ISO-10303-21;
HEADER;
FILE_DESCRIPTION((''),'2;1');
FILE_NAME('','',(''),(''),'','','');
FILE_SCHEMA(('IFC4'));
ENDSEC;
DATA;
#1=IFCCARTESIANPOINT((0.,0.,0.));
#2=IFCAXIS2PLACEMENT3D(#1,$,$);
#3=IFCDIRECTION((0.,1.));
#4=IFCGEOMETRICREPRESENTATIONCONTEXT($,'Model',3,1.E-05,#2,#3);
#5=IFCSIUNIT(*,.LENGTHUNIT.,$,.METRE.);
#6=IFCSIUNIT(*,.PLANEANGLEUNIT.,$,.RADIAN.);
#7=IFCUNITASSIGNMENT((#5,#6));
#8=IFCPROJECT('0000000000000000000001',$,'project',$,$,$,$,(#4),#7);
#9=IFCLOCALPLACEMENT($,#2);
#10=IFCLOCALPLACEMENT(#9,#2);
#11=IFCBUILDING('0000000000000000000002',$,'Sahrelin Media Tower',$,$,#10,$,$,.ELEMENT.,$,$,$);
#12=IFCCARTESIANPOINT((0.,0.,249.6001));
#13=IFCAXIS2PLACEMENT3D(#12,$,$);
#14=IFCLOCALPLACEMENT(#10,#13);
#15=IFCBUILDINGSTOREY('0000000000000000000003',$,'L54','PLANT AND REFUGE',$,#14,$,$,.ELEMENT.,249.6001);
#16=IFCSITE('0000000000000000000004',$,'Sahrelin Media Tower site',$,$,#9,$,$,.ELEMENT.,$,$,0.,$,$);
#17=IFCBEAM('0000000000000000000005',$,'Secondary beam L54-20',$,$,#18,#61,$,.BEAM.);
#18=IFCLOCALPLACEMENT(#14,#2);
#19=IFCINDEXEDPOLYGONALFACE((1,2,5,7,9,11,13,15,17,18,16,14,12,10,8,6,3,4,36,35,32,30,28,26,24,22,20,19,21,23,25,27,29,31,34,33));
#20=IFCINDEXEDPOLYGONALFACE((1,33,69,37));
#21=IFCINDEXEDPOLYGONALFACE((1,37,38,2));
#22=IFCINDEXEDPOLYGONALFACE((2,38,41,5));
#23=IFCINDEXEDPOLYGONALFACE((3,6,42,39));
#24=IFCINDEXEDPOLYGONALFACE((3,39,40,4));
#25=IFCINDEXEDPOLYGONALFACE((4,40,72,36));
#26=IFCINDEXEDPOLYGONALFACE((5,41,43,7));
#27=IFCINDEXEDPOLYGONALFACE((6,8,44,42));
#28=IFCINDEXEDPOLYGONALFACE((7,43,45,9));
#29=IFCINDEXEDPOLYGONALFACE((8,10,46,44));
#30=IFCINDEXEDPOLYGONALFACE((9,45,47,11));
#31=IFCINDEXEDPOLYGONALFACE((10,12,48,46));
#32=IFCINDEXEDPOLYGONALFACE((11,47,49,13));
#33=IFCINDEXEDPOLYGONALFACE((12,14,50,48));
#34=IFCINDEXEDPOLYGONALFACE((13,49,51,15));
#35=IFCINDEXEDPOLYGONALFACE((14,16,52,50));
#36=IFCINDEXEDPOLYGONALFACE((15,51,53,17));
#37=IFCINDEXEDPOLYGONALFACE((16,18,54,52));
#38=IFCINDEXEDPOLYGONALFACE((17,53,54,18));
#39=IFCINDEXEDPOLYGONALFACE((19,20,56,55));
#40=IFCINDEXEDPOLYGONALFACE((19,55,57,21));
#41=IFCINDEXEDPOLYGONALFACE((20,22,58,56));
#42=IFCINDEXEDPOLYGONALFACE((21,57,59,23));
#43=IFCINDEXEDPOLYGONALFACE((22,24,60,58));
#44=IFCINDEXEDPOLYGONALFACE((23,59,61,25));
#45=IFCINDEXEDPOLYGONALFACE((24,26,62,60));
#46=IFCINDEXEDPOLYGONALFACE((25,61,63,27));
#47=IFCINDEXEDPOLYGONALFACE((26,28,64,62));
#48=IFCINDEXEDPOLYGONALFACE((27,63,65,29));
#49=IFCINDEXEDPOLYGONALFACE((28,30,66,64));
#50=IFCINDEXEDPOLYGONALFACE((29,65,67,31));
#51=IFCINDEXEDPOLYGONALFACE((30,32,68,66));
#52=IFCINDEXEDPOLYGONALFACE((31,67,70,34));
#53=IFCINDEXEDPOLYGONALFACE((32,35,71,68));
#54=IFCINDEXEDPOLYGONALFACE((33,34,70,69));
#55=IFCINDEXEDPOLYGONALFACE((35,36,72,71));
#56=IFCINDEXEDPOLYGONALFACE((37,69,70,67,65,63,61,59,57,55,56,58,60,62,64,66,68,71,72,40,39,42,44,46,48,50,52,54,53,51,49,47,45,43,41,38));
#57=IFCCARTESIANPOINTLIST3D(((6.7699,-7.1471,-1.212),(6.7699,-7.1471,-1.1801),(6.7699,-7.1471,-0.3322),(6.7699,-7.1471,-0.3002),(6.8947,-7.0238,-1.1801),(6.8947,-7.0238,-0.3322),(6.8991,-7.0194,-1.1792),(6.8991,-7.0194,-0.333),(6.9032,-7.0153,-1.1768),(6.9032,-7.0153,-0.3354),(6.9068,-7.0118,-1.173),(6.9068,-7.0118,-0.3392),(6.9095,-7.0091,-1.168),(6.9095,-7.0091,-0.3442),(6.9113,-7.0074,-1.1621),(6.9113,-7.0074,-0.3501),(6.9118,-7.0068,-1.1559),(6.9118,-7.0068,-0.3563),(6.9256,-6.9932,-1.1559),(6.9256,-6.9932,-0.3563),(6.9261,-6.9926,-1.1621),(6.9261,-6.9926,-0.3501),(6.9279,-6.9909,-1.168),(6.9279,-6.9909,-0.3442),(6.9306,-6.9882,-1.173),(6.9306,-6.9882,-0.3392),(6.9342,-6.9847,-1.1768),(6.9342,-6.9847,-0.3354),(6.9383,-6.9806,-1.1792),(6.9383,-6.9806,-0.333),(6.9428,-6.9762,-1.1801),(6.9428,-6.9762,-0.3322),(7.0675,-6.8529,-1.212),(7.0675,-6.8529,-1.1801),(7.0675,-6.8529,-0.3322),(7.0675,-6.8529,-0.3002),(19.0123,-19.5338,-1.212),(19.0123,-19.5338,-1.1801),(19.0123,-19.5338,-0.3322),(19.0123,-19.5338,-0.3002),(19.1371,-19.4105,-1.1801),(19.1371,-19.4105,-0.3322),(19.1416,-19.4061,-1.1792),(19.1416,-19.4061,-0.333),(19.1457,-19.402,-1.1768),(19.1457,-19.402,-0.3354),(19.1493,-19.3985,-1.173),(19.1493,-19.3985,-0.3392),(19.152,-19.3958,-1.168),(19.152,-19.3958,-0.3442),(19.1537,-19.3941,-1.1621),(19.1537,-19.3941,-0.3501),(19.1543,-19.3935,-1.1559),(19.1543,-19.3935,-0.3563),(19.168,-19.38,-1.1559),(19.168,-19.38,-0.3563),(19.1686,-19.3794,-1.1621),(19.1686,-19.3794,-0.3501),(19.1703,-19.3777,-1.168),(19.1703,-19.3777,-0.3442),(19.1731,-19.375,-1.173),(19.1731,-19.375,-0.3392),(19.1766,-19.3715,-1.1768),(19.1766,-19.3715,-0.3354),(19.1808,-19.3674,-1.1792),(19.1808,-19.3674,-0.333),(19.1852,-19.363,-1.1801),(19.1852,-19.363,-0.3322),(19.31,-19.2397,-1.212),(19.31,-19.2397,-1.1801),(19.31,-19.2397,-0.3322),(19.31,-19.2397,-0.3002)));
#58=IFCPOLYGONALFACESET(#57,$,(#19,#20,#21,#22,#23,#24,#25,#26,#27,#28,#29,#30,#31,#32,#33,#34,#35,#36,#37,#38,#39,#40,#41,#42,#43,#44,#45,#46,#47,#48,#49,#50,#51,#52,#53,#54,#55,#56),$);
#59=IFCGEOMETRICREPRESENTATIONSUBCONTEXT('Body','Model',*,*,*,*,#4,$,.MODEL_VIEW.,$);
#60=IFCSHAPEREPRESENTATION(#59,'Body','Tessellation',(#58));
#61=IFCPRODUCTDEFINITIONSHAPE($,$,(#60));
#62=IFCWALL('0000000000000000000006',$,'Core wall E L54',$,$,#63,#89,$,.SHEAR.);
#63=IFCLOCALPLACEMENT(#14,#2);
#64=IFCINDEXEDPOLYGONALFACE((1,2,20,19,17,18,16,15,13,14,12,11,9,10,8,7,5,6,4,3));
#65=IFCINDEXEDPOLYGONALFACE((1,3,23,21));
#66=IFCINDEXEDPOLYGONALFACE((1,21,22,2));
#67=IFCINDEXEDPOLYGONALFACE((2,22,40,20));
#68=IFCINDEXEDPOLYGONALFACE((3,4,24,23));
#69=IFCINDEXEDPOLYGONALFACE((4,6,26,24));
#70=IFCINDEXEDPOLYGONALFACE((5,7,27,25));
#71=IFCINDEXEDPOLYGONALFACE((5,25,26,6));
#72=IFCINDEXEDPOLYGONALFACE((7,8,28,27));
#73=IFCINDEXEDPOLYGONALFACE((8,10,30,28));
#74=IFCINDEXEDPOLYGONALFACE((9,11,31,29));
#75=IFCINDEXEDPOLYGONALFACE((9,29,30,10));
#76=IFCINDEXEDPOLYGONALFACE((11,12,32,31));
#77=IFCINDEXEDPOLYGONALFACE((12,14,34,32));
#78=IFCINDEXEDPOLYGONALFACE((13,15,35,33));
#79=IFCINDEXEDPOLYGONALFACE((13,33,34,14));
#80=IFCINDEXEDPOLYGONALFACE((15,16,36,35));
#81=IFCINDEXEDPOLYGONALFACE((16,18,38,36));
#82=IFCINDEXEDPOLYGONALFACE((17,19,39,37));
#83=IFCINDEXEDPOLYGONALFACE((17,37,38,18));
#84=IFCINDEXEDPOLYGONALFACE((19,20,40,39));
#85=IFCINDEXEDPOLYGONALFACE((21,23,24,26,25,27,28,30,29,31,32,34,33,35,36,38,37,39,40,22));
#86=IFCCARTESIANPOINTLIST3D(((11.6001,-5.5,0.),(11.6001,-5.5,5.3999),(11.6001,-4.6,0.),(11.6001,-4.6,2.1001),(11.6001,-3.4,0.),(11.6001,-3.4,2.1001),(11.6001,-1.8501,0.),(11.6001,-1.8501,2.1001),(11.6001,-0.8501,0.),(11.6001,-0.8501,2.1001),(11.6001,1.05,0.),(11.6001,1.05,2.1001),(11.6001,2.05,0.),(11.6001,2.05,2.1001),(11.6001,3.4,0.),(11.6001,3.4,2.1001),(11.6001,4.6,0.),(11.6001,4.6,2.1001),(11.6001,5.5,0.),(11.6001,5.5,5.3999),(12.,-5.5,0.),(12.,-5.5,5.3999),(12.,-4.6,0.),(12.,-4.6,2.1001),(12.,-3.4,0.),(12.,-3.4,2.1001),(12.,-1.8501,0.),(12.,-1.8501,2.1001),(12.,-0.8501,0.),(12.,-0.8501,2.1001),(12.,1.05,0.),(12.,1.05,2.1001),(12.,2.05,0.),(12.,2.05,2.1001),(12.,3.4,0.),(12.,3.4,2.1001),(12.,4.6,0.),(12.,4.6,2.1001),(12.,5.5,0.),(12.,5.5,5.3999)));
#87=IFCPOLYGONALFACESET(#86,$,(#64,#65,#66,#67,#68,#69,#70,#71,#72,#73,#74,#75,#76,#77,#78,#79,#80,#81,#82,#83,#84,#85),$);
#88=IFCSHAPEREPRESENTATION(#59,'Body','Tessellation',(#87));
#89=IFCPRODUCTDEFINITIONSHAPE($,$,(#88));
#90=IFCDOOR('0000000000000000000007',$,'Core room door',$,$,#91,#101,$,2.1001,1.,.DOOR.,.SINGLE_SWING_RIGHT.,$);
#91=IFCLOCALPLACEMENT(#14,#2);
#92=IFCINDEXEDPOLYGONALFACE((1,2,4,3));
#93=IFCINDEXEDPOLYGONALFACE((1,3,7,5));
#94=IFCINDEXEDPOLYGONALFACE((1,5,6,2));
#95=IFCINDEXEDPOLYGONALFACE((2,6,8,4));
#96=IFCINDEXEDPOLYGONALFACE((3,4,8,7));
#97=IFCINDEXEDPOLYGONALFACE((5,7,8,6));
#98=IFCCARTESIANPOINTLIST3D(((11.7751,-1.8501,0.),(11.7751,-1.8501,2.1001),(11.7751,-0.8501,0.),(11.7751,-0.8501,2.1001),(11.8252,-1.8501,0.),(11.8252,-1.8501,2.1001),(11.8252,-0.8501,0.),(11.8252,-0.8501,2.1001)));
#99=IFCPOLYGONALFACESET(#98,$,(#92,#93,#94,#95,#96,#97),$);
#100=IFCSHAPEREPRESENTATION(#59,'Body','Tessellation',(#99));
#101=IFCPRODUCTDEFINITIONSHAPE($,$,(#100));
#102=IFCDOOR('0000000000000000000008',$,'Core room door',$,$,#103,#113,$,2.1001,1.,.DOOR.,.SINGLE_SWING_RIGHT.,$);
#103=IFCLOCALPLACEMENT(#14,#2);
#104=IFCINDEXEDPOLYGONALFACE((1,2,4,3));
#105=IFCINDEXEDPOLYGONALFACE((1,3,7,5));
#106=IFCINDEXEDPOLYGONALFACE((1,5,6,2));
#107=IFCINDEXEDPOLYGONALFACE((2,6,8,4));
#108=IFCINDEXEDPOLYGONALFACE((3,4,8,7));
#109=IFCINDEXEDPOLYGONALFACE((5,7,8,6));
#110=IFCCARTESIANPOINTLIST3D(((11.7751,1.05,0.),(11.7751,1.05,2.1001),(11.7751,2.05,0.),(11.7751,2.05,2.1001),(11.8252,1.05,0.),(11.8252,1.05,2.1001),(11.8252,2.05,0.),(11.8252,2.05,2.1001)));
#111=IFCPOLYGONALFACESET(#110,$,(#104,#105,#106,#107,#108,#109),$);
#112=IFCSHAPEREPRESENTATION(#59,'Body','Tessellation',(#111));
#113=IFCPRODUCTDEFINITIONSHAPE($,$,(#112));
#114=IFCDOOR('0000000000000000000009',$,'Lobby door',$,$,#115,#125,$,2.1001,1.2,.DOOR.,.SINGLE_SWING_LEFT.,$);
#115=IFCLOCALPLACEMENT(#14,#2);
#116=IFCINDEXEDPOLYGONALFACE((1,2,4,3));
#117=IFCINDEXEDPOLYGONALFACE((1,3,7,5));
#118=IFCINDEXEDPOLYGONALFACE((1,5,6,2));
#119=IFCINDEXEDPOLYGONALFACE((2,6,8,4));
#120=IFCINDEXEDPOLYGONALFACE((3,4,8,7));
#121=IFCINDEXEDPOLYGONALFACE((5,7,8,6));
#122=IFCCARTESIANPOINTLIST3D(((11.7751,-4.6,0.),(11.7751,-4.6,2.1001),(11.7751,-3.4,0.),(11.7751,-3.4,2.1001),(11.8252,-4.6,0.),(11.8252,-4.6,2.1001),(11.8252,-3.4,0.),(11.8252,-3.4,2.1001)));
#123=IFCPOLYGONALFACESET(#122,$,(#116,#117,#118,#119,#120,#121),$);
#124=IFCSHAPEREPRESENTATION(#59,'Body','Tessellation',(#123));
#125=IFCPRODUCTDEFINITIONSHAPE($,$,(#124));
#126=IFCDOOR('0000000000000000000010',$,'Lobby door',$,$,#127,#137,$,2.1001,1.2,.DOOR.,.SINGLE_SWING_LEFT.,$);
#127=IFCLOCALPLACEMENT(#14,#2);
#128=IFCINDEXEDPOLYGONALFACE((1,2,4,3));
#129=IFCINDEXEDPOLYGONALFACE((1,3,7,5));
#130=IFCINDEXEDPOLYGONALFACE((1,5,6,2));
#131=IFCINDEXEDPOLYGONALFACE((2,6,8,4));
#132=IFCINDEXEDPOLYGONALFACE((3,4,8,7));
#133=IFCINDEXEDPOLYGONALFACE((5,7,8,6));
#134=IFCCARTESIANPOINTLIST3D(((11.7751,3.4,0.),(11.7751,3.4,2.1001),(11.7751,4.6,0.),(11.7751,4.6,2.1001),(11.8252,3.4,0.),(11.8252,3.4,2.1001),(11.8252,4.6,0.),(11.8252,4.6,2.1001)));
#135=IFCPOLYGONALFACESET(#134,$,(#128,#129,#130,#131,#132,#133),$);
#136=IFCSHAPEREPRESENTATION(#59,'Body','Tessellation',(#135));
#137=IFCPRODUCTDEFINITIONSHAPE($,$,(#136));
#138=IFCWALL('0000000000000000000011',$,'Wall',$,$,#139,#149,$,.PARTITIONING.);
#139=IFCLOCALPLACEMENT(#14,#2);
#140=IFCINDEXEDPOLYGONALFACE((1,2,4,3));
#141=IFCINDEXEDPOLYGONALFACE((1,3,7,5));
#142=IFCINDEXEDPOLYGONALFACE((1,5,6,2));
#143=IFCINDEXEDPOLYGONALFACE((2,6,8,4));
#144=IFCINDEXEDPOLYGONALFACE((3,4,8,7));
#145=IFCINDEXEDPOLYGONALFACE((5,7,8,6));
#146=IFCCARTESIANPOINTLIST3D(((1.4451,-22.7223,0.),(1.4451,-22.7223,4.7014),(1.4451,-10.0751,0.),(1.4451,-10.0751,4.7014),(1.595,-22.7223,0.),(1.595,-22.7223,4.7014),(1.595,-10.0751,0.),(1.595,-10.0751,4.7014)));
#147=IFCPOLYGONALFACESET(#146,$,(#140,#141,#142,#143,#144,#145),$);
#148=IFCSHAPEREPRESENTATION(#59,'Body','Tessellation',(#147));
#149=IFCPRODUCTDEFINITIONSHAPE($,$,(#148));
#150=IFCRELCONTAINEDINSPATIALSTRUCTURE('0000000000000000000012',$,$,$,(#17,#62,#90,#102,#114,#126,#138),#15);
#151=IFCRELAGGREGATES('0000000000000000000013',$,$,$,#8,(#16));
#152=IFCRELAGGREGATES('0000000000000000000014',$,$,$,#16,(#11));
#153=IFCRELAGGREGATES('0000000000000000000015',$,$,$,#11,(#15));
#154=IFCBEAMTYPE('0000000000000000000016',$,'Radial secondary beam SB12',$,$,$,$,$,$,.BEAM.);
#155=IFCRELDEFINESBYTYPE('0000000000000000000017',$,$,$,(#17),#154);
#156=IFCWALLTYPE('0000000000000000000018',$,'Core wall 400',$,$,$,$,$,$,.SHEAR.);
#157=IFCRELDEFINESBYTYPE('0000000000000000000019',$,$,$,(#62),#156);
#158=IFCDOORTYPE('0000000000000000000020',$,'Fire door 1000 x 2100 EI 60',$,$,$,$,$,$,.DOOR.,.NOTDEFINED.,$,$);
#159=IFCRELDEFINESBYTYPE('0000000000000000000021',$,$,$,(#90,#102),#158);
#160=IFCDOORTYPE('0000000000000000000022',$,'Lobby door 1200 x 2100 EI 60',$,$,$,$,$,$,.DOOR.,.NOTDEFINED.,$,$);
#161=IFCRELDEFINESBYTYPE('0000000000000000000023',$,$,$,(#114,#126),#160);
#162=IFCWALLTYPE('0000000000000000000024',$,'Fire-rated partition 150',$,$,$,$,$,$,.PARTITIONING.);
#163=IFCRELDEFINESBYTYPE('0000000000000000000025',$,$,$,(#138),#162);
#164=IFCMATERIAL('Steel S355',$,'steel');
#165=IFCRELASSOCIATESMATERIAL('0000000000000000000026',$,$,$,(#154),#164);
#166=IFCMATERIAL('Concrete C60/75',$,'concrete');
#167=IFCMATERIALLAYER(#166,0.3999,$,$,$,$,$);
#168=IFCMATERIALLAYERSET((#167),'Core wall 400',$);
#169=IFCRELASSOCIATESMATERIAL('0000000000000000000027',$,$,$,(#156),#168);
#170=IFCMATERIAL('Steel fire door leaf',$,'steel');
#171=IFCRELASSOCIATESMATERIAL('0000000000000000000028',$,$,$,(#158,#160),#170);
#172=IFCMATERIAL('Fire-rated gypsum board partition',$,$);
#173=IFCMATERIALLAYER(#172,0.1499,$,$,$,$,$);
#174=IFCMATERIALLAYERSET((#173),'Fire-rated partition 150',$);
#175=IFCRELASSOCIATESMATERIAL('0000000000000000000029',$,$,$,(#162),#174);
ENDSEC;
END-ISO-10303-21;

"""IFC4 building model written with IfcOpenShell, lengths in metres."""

from ifc_helpers import new_model, si_unit, direction, frame, frame_2d, origin, origin_2d, place, context, subcontext, project, spatial, rectangle, i_section, extrude, material, layer, layer_set, material_profile, profile_set, type_object, element, fill, save


model = new_model("IFC4")

# Units and contexts
model_context = context("Model", 3, precision=1e-05, world=origin(), true_north=direction((0.0, 1.0)))
body_context = subcontext(model_context, "Body", "Model", "MODEL_VIEW")
ifc_project = project(units=[si_unit("LENGTHUNIT", "METRE"), si_unit("PLANEANGLEUNIT", "RADIAN")], contexts=[model_context])

# Site, building, storey
site_placement = place(None, origin())
site = spatial("IfcSite", under=ifc_project, at=site_placement, Name="Sahrelin Media Tower site", CompositionType="ELEMENT", RefElevation=0.0)
building_placement = place(site_placement, origin())
building = spatial("IfcBuilding", under=site, at=building_placement, Name="Sahrelin Media Tower", CompositionType="ELEMENT")
storey_placement = place(building_placement, frame((0.0, 0.0, 249.6001)))
storey = spatial("IfcBuildingStorey", under=building, at=storey_placement, Name="L54", Description="PLANT AND REFUGE", CompositionType="ELEMENT", Elevation=249.6001)

# Beam
ifc_material_1 = material(Name="Steel S355", Category="steel")
ifc_material_profile_1 = material_profile(ifc_material_1, i_section(OverallWidth=0.4185, OverallDepth=0.9119, WebThickness=0.0193, FlangeThickness=0.032, FilletRadius=0.0242, at=origin_2d()), Name="UB 914x419x343")
ifc_profile_set_1 = profile_set([ifc_material_profile_1], Name="Steel S355")
beam_type_1 = type_object("IfcBeamType", Name="Radial secondary beam SB12", PredefinedType="BEAM", material=ifc_profile_set_1)
beam_1_placement = place(storey_placement, frame((6.9187, -7.0, -0.7561), z_axis=(0.702952, -0.711237, 0.0), x_axis=(0.711237, 0.702952, 0.0)))
element("IfcBeam", 1, at=beam_1_placement, inside=storey, type_object=beam_type_1, Name="Secondary beam L54-20", PredefinedType="BEAM", context=body_context, shape_type="SweptSolid", body=[
    extrude(i_section(OverallWidth=0.4185, OverallDepth=0.9119, WebThickness=0.0193, FlangeThickness=0.032, FilletRadius=0.0242, at=origin_2d()), origin(), (0.0, 0.0, 1.0), 17.4158),
])

# Wall, openings, doors
ifc_material_2 = material(Name="Concrete C60/75", Category="concrete")
ifc_layer_1 = layer(ifc_material_2, 0.3999)
ifc_layer_set_1 = layer_set([ifc_layer_1], Name="Core wall 400")
wall_type_1 = type_object("IfcWallType", Name="Core wall 400", PredefinedType="SHEAR", material=ifc_layer_set_1)
wall_1_placement = place(storey_placement, frame((11.8, -5.5, 0.0), z_axis=(0.0, 0.0, 1.0), x_axis=(0.0, 1.0, 0.0)))
wall_1 = element("IfcWall", 2, at=wall_1_placement, inside=storey, type_object=wall_type_1, Name="Core wall E L54", PredefinedType="SHEAR", context=body_context, shape_type="SweptSolid", body=[
    extrude(rectangle(XDim=11.0, YDim=0.3999, at=frame_2d((5.5, 0.0))), origin(), (0.0, 0.0, 1.0), 5.3999),
])
opening_1_placement = place(wall_1_placement, frame((3.6499, 0.0, 0.0)))
opening_1 = element("IfcOpeningElement", 3, at=opening_1_placement, cuts=wall_1, PredefinedType="OPENING", context=body_context, shape_type="SweptSolid", body=[
    extrude(rectangle(XDim=1.0, YDim=2.1001, at=frame_2d((0.5, 1.05))), frame((0.0, 0.2, 0.0), z_axis=(0.0, -1.0, 0.0), x_axis=(1.0, 0.0, 0.0)), (0.0, 0.0, 1.0), 0.3999),
])
opening_2_placement = place(wall_1_placement, frame((6.55, 0.0, 0.0)))
opening_2 = element("IfcOpeningElement", 4, at=opening_2_placement, cuts=wall_1, PredefinedType="OPENING", context=body_context, shape_type="SweptSolid", body=[
    extrude(rectangle(XDim=1.0, YDim=2.1001, at=frame_2d((0.5, 1.05))), frame((0.0, 0.2, 0.0), z_axis=(0.0, -1.0, 0.0), x_axis=(1.0, 0.0, 0.0)), (0.0, 0.0, 1.0), 0.3999),
])
opening_3_placement = place(wall_1_placement, frame((0.8999, 0.0, 0.0)))
opening_3 = element("IfcOpeningElement", 5, at=opening_3_placement, cuts=wall_1, PredefinedType="OPENING", context=body_context, shape_type="SweptSolid", body=[
    extrude(rectangle(XDim=1.2, YDim=2.1001, at=frame_2d((0.6001, 1.05))), frame((0.0, 0.2, 0.0), z_axis=(0.0, -1.0, 0.0), x_axis=(1.0, 0.0, 0.0)), (0.0, 0.0, 1.0), 0.3999),
])
opening_4_placement = place(wall_1_placement, frame((8.8999, 0.0, 0.0)))
opening_4 = element("IfcOpeningElement", 6, at=opening_4_placement, cuts=wall_1, PredefinedType="OPENING", context=body_context, shape_type="SweptSolid", body=[
    extrude(rectangle(XDim=1.2, YDim=2.1001, at=frame_2d((0.6001, 1.05))), frame((0.0, 0.2, 0.0), z_axis=(0.0, -1.0, 0.0), x_axis=(1.0, 0.0, 0.0)), (0.0, 0.0, 1.0), 0.3999),
])
ifc_material_3 = material(Name="Steel fire door leaf", Category="steel")
door_type_1 = type_object("IfcDoorType", Name="Fire door 1000 x 2100 EI 60", OperationType="NOTDEFINED", PredefinedType="DOOR", material=ifc_material_3)
door_1_placement = place(opening_1_placement, origin())
door_1 = element("IfcDoor", 7, at=door_1_placement, inside=storey, type_object=door_type_1, Name="Core room door", OperationType="SINGLE_SWING_RIGHT", OverallHeight=2.1001, OverallWidth=1.0, PredefinedType="DOOR", context=body_context, shape_type="SweptSolid", body=[
    extrude(rectangle(XDim=1.0, YDim=2.1001, at=frame_2d((0.5, 1.05))), frame((0.0, 0.0249, 0.0), z_axis=(0.0, -1.0, 0.0), x_axis=(1.0, 0.0, 0.0)), (0.0, 0.0, 1.0), 0.05),
])
fill(opening_1, door_1)
door_2_placement = place(opening_2_placement, origin())
door_2 = element("IfcDoor", 8, at=door_2_placement, inside=storey, type_object=door_type_1, Name="Core room door", OperationType="SINGLE_SWING_RIGHT", OverallHeight=2.1001, OverallWidth=1.0, PredefinedType="DOOR", context=body_context, shape_type="SweptSolid", body=[
    extrude(rectangle(XDim=1.0, YDim=2.1001, at=frame_2d((0.5, 1.05))), frame((0.0, 0.0249, 0.0), z_axis=(0.0, -1.0, 0.0), x_axis=(1.0, 0.0, 0.0)), (0.0, 0.0, 1.0), 0.05),
])
fill(opening_2, door_2)
door_type_2 = type_object("IfcDoorType", Name="Lobby door 1200 x 2100 EI 60", OperationType="NOTDEFINED", PredefinedType="DOOR", material=ifc_material_3)
door_3_placement = place(opening_3_placement, origin())
door_3 = element("IfcDoor", 9, at=door_3_placement, inside=storey, type_object=door_type_2, Name="Lobby door", OperationType="SINGLE_SWING_LEFT", OverallHeight=2.1001, OverallWidth=1.2, PredefinedType="DOOR", context=body_context, shape_type="SweptSolid", body=[
    extrude(rectangle(XDim=1.2, YDim=2.1001, at=frame_2d((0.6001, 1.05))), frame((0.0, 0.0249, 0.0), z_axis=(0.0, -1.0, 0.0), x_axis=(1.0, 0.0, 0.0)), (0.0, 0.0, 1.0), 0.05),
])
fill(opening_3, door_3)
door_4_placement = place(opening_4_placement, origin())
door_4 = element("IfcDoor", 10, at=door_4_placement, inside=storey, type_object=door_type_2, Name="Lobby door", OperationType="SINGLE_SWING_LEFT", OverallHeight=2.1001, OverallWidth=1.2, PredefinedType="DOOR", context=body_context, shape_type="SweptSolid", body=[
    extrude(rectangle(XDim=1.2, YDim=2.1001, at=frame_2d((0.6001, 1.05))), frame((0.0, 0.0249, 0.0), z_axis=(0.0, -1.0, 0.0), x_axis=(1.0, 0.0, 0.0)), (0.0, 0.0, 1.0), 0.05),
])
fill(opening_4, door_4)

# Wall
ifc_material_4 = material(Name="Fire-rated gypsum board partition")
ifc_layer_2 = layer(ifc_material_4, 0.1499)
ifc_layer_set_2 = layer_set([ifc_layer_2], Name="Fire-rated partition 150")
wall_type_2 = type_object("IfcWallType", Name="Fire-rated partition 150", PredefinedType="PARTITIONING", material=ifc_layer_set_2)
wall_2_placement = place(storey_placement, frame((1.52, -10.075, 0.0), z_axis=(0.0, 0.0, 1.0), x_axis=(0.0, -1.0, 0.0)))
element("IfcWall", 11, at=wall_2_placement, inside=storey, type_object=wall_type_2, Name="Wall", PredefinedType="PARTITIONING", context=body_context, shape_type="SweptSolid", body=[
    extrude(rectangle(XDim=12.6472, YDim=0.1499, at=frame_2d((6.3237, 0.0))), origin(), (0.0, 0.0, 1.0), 4.7014),
])

save(model, "model.ifc")
